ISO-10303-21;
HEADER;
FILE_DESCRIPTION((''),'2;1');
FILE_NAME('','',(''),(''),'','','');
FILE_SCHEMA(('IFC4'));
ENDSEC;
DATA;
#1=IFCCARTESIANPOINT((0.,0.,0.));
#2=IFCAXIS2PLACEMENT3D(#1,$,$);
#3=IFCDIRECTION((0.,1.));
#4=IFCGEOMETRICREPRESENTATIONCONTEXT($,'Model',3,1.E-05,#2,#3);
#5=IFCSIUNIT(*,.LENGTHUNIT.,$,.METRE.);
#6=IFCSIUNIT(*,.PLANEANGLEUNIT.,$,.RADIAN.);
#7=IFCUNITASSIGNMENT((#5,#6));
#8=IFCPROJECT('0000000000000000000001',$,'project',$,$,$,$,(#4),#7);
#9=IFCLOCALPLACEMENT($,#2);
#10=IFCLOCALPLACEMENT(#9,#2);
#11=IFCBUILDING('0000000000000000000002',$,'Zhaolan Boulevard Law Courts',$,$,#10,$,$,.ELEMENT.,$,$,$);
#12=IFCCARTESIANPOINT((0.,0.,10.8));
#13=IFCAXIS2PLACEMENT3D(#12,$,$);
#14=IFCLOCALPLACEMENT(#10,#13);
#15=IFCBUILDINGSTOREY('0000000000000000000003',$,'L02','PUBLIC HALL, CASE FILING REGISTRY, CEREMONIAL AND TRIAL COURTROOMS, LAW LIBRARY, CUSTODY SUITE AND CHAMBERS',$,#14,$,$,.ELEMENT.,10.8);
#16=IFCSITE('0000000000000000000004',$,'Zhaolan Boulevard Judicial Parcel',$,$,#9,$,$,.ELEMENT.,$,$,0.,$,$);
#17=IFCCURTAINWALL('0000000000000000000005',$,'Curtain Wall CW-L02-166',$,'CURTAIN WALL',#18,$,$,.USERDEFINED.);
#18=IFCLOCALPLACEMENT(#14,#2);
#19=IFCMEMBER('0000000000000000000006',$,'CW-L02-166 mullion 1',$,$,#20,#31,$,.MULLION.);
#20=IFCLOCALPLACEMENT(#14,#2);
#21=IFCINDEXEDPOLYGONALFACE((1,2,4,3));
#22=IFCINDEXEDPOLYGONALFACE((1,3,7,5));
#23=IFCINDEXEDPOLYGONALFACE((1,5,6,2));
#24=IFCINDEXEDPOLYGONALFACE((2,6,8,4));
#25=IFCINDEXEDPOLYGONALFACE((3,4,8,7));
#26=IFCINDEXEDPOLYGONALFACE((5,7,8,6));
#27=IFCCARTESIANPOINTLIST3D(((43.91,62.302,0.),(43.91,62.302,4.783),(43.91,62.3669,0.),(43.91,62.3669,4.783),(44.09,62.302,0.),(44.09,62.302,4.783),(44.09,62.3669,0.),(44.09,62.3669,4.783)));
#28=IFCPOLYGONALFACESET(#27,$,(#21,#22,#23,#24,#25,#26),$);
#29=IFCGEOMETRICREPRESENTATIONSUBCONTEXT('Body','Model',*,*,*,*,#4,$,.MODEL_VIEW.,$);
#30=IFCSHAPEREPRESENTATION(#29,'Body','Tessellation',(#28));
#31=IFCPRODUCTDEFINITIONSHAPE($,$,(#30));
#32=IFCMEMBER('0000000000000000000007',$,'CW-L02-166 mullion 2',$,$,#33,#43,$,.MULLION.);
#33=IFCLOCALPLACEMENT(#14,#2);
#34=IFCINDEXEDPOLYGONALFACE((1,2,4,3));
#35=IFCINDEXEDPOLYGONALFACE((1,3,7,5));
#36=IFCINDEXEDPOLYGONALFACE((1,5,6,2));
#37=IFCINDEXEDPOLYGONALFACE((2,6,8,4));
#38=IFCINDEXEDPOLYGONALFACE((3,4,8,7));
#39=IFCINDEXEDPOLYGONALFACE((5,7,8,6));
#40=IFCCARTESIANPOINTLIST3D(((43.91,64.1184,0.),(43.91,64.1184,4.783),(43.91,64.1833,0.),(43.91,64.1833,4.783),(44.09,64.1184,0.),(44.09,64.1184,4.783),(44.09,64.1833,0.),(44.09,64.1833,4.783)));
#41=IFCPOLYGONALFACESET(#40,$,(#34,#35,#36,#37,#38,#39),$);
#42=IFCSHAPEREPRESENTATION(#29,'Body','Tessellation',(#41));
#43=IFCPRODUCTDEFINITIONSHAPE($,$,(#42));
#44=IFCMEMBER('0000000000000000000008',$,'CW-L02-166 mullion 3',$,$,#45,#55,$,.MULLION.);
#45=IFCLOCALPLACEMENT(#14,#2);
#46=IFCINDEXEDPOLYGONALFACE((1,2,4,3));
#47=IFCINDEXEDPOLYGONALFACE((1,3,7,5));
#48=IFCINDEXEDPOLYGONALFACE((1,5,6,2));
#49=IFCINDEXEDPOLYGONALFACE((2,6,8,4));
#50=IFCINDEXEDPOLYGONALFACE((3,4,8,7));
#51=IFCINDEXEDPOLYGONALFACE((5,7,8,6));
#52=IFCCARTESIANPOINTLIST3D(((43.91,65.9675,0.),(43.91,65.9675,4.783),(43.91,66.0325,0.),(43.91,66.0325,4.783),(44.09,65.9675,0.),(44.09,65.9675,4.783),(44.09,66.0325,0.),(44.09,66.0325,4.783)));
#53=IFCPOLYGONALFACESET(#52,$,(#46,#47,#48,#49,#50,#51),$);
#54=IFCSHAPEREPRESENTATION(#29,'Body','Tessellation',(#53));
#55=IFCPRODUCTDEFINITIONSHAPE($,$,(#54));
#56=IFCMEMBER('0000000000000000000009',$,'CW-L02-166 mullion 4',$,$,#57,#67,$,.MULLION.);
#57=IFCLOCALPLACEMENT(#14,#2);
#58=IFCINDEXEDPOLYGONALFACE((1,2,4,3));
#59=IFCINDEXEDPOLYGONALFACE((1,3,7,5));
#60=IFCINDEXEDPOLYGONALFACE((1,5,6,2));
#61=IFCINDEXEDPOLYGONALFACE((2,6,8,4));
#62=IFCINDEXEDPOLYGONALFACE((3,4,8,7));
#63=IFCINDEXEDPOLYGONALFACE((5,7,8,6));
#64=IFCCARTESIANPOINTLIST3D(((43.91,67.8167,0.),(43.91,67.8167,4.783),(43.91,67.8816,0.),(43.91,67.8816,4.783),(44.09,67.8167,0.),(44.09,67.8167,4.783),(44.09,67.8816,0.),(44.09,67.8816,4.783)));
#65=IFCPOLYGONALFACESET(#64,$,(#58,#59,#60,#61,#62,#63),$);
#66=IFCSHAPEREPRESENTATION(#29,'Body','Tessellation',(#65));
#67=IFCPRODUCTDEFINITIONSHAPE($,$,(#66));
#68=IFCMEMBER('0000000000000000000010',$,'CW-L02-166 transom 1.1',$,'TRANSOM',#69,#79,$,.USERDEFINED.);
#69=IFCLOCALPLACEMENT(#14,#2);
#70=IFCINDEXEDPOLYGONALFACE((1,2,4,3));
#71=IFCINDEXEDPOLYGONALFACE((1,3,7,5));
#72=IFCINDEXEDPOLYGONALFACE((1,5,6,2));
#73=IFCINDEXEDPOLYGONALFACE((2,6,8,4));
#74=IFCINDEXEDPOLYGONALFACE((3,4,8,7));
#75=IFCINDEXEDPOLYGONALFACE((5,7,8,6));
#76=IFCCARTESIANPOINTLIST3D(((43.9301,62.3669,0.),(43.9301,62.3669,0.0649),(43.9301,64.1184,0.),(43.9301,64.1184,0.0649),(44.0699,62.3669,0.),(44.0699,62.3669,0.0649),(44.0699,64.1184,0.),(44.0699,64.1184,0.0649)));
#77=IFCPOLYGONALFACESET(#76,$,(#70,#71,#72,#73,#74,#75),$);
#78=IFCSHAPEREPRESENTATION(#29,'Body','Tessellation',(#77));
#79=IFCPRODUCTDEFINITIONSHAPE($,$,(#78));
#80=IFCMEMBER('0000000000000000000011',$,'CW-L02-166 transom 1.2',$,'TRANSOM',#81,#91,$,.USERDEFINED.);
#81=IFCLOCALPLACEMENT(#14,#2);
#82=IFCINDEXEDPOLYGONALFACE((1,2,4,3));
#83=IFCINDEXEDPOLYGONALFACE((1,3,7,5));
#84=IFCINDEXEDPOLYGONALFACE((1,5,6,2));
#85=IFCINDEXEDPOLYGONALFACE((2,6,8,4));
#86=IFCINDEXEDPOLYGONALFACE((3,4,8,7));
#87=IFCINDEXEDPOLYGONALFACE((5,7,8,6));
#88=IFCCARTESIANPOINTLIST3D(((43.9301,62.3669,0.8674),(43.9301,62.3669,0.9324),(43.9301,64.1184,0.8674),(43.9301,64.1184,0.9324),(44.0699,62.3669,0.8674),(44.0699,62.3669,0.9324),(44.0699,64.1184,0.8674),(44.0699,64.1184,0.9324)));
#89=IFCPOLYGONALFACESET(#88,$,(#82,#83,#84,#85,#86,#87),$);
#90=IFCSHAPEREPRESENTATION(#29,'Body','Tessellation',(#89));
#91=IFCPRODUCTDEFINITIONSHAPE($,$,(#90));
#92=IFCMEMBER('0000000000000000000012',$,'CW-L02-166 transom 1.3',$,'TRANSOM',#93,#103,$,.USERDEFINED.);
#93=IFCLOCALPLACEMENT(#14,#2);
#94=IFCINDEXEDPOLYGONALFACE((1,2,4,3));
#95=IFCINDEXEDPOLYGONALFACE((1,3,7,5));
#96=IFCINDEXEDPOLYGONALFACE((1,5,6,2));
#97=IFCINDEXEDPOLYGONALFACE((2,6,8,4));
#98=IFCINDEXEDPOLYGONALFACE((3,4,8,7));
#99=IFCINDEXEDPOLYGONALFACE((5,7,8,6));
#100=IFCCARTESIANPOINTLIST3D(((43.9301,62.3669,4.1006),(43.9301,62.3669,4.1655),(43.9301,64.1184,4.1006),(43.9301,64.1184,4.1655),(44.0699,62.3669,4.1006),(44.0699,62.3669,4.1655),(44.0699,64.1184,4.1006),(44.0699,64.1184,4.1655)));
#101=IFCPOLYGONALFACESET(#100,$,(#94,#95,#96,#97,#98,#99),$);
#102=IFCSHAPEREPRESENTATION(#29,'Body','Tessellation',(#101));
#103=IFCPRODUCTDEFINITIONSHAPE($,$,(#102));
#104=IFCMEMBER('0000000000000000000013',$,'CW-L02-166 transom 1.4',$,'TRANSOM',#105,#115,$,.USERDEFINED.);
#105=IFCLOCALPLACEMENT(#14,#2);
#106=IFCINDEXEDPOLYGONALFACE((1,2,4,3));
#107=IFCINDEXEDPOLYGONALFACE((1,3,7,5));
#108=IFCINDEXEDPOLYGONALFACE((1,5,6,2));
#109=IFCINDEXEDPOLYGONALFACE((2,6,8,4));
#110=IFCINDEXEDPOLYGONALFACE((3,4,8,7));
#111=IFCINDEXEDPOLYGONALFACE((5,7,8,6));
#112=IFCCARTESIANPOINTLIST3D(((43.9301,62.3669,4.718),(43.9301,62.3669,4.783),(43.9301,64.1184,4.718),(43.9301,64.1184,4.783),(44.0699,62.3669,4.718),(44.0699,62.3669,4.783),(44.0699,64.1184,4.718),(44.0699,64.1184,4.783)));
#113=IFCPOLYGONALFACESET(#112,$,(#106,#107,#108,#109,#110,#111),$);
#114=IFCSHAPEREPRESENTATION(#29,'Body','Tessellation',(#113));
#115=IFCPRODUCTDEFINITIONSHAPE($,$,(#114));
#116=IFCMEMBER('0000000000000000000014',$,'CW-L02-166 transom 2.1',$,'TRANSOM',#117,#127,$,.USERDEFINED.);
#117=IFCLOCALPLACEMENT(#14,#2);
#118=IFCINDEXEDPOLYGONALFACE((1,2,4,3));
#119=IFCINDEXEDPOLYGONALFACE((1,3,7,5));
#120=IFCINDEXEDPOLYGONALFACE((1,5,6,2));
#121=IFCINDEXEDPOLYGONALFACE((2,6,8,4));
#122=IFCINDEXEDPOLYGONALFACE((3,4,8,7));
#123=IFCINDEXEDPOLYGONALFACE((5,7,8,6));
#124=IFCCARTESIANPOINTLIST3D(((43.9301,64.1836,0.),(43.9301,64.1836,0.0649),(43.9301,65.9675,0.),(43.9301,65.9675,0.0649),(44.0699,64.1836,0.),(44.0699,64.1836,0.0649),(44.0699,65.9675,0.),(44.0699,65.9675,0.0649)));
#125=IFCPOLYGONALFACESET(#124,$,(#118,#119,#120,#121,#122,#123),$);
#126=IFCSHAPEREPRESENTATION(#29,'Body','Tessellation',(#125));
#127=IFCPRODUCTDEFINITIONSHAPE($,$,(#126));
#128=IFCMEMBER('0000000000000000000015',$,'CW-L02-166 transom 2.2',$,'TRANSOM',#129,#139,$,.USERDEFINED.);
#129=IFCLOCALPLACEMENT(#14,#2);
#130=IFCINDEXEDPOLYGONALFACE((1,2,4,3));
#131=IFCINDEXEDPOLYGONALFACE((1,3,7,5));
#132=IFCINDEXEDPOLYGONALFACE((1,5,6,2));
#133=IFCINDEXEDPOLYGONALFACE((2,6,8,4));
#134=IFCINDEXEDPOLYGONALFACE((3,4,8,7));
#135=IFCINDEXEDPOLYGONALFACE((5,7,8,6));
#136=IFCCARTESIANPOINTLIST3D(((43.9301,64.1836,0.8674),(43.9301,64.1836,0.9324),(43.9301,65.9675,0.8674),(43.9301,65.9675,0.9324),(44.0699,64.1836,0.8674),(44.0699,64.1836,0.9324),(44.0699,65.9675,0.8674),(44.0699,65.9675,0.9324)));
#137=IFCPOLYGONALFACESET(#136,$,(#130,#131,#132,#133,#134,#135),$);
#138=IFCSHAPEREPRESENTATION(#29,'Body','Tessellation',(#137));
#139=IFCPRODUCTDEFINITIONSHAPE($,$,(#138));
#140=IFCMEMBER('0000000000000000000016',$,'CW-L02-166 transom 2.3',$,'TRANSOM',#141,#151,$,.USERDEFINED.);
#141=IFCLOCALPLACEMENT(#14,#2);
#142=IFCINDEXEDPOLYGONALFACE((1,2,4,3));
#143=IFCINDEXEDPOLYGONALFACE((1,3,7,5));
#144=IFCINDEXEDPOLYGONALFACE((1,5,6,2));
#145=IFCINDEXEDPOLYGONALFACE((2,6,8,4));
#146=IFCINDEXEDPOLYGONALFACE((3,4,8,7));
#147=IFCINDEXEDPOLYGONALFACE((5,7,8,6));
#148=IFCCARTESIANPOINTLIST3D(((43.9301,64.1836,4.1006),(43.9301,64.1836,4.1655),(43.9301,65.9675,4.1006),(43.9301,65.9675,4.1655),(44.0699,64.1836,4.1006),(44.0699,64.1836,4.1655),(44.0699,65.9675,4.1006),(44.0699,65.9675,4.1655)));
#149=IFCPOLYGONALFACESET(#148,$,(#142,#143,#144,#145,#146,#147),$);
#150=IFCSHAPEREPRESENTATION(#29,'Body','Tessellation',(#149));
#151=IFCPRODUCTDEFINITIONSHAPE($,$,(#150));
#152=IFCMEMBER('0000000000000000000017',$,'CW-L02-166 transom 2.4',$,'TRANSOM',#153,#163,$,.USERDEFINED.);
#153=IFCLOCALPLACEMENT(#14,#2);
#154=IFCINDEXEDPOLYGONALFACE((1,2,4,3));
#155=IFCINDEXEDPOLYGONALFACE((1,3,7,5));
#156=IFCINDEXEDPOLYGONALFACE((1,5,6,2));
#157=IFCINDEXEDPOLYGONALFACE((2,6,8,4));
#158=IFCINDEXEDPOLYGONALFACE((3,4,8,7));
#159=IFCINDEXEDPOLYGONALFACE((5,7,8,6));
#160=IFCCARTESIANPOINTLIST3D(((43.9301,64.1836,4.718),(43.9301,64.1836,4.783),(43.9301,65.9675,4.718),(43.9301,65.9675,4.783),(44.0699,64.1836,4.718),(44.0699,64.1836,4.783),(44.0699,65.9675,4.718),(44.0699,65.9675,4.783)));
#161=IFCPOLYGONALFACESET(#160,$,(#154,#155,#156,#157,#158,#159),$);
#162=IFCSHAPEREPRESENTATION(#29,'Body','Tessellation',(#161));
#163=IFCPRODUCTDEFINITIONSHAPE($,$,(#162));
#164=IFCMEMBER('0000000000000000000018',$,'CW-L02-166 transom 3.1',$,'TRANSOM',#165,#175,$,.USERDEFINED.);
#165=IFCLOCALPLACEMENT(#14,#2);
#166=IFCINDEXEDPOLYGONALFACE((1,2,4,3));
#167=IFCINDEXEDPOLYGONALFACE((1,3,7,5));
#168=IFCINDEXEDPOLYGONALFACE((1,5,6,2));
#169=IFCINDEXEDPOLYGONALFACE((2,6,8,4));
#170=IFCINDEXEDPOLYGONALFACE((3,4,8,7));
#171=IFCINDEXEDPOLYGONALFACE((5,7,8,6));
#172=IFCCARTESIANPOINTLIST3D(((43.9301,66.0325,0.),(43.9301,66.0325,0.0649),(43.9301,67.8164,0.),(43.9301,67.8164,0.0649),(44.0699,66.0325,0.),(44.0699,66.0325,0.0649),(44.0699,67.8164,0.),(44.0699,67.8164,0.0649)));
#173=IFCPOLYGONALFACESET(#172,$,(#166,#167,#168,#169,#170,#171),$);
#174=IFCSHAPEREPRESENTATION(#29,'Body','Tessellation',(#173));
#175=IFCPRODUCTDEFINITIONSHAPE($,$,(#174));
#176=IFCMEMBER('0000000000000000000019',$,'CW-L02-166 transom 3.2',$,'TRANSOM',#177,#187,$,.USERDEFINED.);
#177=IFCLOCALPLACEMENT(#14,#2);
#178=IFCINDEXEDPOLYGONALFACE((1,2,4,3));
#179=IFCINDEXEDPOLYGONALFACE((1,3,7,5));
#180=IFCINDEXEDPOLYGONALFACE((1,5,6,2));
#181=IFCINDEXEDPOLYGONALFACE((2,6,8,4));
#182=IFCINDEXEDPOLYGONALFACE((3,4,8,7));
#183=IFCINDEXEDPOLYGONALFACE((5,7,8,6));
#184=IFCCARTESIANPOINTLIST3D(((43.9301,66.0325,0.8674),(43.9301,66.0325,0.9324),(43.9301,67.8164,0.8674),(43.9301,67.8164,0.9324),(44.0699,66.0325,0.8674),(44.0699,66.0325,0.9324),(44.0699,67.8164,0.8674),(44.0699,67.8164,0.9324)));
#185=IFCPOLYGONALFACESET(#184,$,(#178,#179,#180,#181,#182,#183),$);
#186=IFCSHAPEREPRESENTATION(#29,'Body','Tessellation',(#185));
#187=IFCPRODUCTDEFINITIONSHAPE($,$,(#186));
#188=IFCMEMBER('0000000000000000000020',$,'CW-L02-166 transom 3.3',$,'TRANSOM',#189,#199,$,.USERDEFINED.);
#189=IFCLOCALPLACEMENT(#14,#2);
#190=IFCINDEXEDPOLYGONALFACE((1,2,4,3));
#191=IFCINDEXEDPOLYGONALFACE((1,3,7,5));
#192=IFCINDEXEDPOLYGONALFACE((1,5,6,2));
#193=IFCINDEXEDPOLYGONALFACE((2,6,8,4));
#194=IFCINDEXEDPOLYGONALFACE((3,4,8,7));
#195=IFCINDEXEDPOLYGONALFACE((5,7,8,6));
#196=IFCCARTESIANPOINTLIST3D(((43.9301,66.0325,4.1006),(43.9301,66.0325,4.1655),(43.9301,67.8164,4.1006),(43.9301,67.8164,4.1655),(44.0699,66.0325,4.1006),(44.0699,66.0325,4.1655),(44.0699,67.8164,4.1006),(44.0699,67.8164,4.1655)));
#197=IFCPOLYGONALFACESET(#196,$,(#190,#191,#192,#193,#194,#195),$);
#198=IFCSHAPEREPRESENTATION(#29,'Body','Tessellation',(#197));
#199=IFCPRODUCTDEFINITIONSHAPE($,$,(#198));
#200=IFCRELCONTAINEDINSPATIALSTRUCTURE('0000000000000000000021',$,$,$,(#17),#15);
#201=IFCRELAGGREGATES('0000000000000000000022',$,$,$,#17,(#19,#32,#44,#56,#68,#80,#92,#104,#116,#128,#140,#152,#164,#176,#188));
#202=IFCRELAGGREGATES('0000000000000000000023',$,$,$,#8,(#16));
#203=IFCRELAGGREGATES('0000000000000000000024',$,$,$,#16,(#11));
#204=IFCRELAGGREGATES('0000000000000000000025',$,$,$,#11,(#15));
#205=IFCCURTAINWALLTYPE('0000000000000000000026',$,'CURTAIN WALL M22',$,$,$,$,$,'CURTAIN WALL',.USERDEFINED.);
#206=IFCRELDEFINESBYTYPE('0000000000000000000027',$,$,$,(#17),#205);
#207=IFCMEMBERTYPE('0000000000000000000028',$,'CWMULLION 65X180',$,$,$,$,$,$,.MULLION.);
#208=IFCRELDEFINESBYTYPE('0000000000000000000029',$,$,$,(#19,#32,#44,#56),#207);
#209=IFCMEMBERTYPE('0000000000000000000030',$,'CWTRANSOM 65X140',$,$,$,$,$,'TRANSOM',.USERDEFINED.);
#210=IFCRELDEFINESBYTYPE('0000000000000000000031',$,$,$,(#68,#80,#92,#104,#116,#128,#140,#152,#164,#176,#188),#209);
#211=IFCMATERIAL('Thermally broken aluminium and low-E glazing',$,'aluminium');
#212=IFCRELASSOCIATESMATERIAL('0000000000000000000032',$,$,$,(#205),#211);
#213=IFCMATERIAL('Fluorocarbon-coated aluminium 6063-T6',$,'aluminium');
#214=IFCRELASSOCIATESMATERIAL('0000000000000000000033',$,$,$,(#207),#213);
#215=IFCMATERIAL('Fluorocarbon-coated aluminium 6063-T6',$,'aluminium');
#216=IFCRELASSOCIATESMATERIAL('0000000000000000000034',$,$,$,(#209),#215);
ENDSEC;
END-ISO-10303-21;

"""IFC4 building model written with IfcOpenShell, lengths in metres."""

from ifc_helpers import new_model, si_unit, direction, frame, origin, origin_2d, place, context, subcontext, project, spatial, rectangle, extrude, material, material_profile, profile_set, type_object, element, aggregate, save


model = new_model("IFC4")

# Units and contexts
model_context = context("Model", 3, precision=1e-05, world=origin(), true_north=direction((0.0, 1.0)))
body_context = subcontext(model_context, "Body", "Model", "MODEL_VIEW")
ifc_project = project(units=[si_unit("LENGTHUNIT", "METRE"), si_unit("PLANEANGLEUNIT", "RADIAN")], contexts=[model_context])

# Site, building, storey
site_placement = place(None, origin())
site = spatial("IfcSite", under=ifc_project, at=site_placement, Name="Zhaolan Boulevard Judicial Parcel", CompositionType="ELEMENT", RefElevation=0.0)
building_placement = place(site_placement, origin())
building = spatial("IfcBuilding", under=site, at=building_placement, Name="Zhaolan Boulevard Law Courts", CompositionType="ELEMENT")
storey_placement = place(building_placement, frame((0.0, 0.0, 10.8)))
storey = spatial("IfcBuildingStorey", under=building, at=storey_placement, Name="L02", Description="PUBLIC HALL, CASE FILING REGISTRY, CEREMONIAL AND TRIAL COURTROOMS, LAW LIBRARY, CUSTODY SUITE AND CHAMBERS", CompositionType="ELEMENT", Elevation=10.8)

# Curtain wall, members
ifc_material_1 = material(Name="Thermally broken aluminium and low-E glazing", Category="aluminium")
curtain_wall_type = type_object("IfcCurtainWallType", Name="CURTAIN WALL M22", ElementType="CURTAIN WALL", PredefinedType="USERDEFINED", material=ifc_material_1)
curtain_wall_placement = place(storey_placement, origin())
curtain_wall = element("IfcCurtainWall", 1, at=curtain_wall_placement, inside=storey, type_object=curtain_wall_type, Name="Curtain Wall CW-L02-166", ObjectType="CURTAIN WALL", PredefinedType="USERDEFINED")
ifc_material_2 = material(Name="Fluorocarbon-coated aluminium 6063-T6", Category="aluminium")
ifc_material_profile_1 = material_profile(ifc_material_2, rectangle(XDim=0.1799, YDim=0.0649, at=origin_2d()), Name="AL65x180")
ifc_profile_set_1 = profile_set([ifc_material_profile_1], Name="Fluorocarbon-coated aluminium 6063-T6")
member_type_1 = type_object("IfcMemberType", Name="CWMULLION 65X180", PredefinedType="MULLION", material=ifc_profile_set_1)
member_1_placement = place(storey_placement, frame((44.0, 62.3345, 0.0), z_axis=(0.0, 0.0, 1.0), x_axis=(-1.0, 0.0, 0.0)))
member_1 = element("IfcMember", 2, at=member_1_placement, type_object=member_type_1, Name="CW-L02-166 mullion 1", PredefinedType="MULLION", context=body_context, shape_type="SweptSolid", body=[
    extrude(rectangle(XDim=0.1799, YDim=0.0649, at=origin_2d()), origin(), (0.0, 0.0, 1.0), 4.783),
])
member_2_placement = place(storey_placement, frame((44.0, 64.1509, 0.0), z_axis=(0.0, 0.0, 1.0), x_axis=(-1.0, 0.0, 0.0)))
member_2 = element("IfcMember", 3, at=member_2_placement, type_object=member_type_1, Name="CW-L02-166 mullion 2", PredefinedType="MULLION", context=body_context, shape_type="SweptSolid", body=[
    extrude(rectangle(XDim=0.1799, YDim=0.0649, at=origin_2d()), origin(), (0.0, 0.0, 1.0), 4.783),
])
member_3_placement = place(storey_placement, frame((44.0, 66.0, 0.0), z_axis=(0.0, 0.0, 1.0), x_axis=(-1.0, 0.0, 0.0)))
member_3 = element("IfcMember", 4, at=member_3_placement, type_object=member_type_1, Name="CW-L02-166 mullion 3", PredefinedType="MULLION", context=body_context, shape_type="SweptSolid", body=[
    extrude(rectangle(XDim=0.1799, YDim=0.0649, at=origin_2d()), origin(), (0.0, 0.0, 1.0), 4.783),
])
member_4_placement = place(storey_placement, frame((44.0, 67.8491, 0.0), z_axis=(0.0, 0.0, 1.0), x_axis=(-1.0, 0.0, 0.0)))
member_4 = element("IfcMember", 5, at=member_4_placement, type_object=member_type_1, Name="CW-L02-166 mullion 4", PredefinedType="MULLION", context=body_context, shape_type="SweptSolid", body=[
    extrude(rectangle(XDim=0.1799, YDim=0.0649, at=origin_2d()), origin(), (0.0, 0.0, 1.0), 4.783),
])
ifc_material_3 = material(Name="Fluorocarbon-coated aluminium 6063-T6", Category="aluminium")
ifc_material_profile_2 = material_profile(ifc_material_3, rectangle(XDim=0.1399, YDim=0.0649, at=origin_2d()), Name="AL65x140")
ifc_profile_set_2 = profile_set([ifc_material_profile_2], Name="Fluorocarbon-coated aluminium 6063-T6")
member_type_2 = type_object("IfcMemberType", Name="CWTRANSOM 65X140", ElementType="TRANSOM", PredefinedType="USERDEFINED", material=ifc_profile_set_2)
member_5_placement = place(storey_placement, frame((44.0, 62.3669, 0.0325), z_axis=(0.0, 1.0, 0.0), x_axis=(-1.0, 0.0, 0.0)))
member_5 = element("IfcMember", 6, at=member_5_placement, type_object=member_type_2, Name="CW-L02-166 transom 1.1", ObjectType="TRANSOM", PredefinedType="USERDEFINED", context=body_context, shape_type="SweptSolid", body=[
    extrude(rectangle(XDim=0.1399, YDim=0.0649, at=origin_2d()), origin(), (0.0, 0.0, 1.0), 1.7515),
])
member_6_placement = place(storey_placement, frame((44.0, 62.3669, 0.8999), z_axis=(0.0, 1.0, 0.0), x_axis=(-1.0, 0.0, 0.0)))
member_6 = element("IfcMember", 7, at=member_6_placement, type_object=member_type_2, Name="CW-L02-166 transom 1.2", ObjectType="TRANSOM", PredefinedType="USERDEFINED", context=body_context, shape_type="SweptSolid", body=[
    extrude(rectangle(XDim=0.1399, YDim=0.0649, at=origin_2d()), origin(), (0.0, 0.0, 1.0), 1.7515),
])
member_7_placement = place(storey_placement, frame((44.0, 62.3669, 4.1331), z_axis=(0.0, 1.0, 0.0), x_axis=(-1.0, 0.0, 0.0)))
member_7 = element("IfcMember", 8, at=member_7_placement, type_object=member_type_2, Name="CW-L02-166 transom 1.3", ObjectType="TRANSOM", PredefinedType="USERDEFINED", context=body_context, shape_type="SweptSolid", body=[
    extrude(rectangle(XDim=0.1399, YDim=0.0649, at=origin_2d()), origin(), (0.0, 0.0, 1.0), 1.7515),
])
member_8_placement = place(storey_placement, frame((44.0, 62.3669, 4.7505), z_axis=(0.0, 1.0, 0.0), x_axis=(-1.0, 0.0, 0.0)))
member_8 = element("IfcMember", 9, at=member_8_placement, type_object=member_type_2, Name="CW-L02-166 transom 1.4", ObjectType="TRANSOM", PredefinedType="USERDEFINED", context=body_context, shape_type="SweptSolid", body=[
    extrude(rectangle(XDim=0.1399, YDim=0.0649, at=origin_2d()), origin(), (0.0, 0.0, 1.0), 1.7515),
])
member_9_placement = place(storey_placement, frame((44.0, 64.1836, 0.0325), z_axis=(0.0, 1.0, 0.0), x_axis=(-1.0, 0.0, 0.0)))
member_9 = element("IfcMember", 10, at=member_9_placement, type_object=member_type_2, Name="CW-L02-166 transom 2.1", ObjectType="TRANSOM", PredefinedType="USERDEFINED", context=body_context, shape_type="SweptSolid", body=[
    extrude(rectangle(XDim=0.1399, YDim=0.0649, at=origin_2d()), origin(), (0.0, 0.0, 1.0), 1.7839),
])
member_10_placement = place(storey_placement, frame((44.0, 64.1836, 0.8999), z_axis=(0.0, 1.0, 0.0), x_axis=(-1.0, 0.0, 0.0)))
member_10 = element("IfcMember", 11, at=member_10_placement, type_object=member_type_2, Name="CW-L02-166 transom 2.2", ObjectType="TRANSOM", PredefinedType="USERDEFINED", context=body_context, shape_type="SweptSolid", body=[
    extrude(rectangle(XDim=0.1399, YDim=0.0649, at=origin_2d()), origin(), (0.0, 0.0, 1.0), 1.7839),
])
member_11_placement = place(storey_placement, frame((44.0, 64.1836, 4.1331), z_axis=(0.0, 1.0, 0.0), x_axis=(-1.0, 0.0, 0.0)))
member_11 = element("IfcMember", 12, at=member_11_placement, type_object=member_type_2, Name="CW-L02-166 transom 2.3", ObjectType="TRANSOM", PredefinedType="USERDEFINED", context=body_context, shape_type="SweptSolid", body=[
    extrude(rectangle(XDim=0.1399, YDim=0.0649, at=origin_2d()), origin(), (0.0, 0.0, 1.0), 1.7839),
])
member_12_placement = place(storey_placement, frame((44.0, 64.1836, 4.7505), z_axis=(0.0, 1.0, 0.0), x_axis=(-1.0, 0.0, 0.0)))
member_12 = element("IfcMember", 13, at=member_12_placement, type_object=member_type_2, Name="CW-L02-166 transom 2.4", ObjectType="TRANSOM", PredefinedType="USERDEFINED", context=body_context, shape_type="SweptSolid", body=[
    extrude(rectangle(XDim=0.1399, YDim=0.0649, at=origin_2d()), origin(), (0.0, 0.0, 1.0), 1.7839),
])
member_13_placement = place(storey_placement, frame((44.0, 66.0325, 0.0325), z_axis=(0.0, 1.0, 0.0), x_axis=(-1.0, 0.0, 0.0)))
member_13 = element("IfcMember", 14, at=member_13_placement, type_object=member_type_2, Name="CW-L02-166 transom 3.1", ObjectType="TRANSOM", PredefinedType="USERDEFINED", context=body_context, shape_type="SweptSolid", body=[
    extrude(rectangle(XDim=0.1399, YDim=0.0649, at=origin_2d()), origin(), (0.0, 0.0, 1.0), 1.7839),
])
member_14_placement = place(storey_placement, frame((44.0, 66.0325, 0.8999), z_axis=(0.0, 1.0, 0.0), x_axis=(-1.0, 0.0, 0.0)))
member_14 = element("IfcMember", 15, at=member_14_placement, type_object=member_type_2, Name="CW-L02-166 transom 3.2", ObjectType="TRANSOM", PredefinedType="USERDEFINED", context=body_context, shape_type="SweptSolid", body=[
    extrude(rectangle(XDim=0.1399, YDim=0.0649, at=origin_2d()), origin(), (0.0, 0.0, 1.0), 1.7839),
])
member_15_placement = place(storey_placement, frame((44.0, 66.0325, 4.1331), z_axis=(0.0, 1.0, 0.0), x_axis=(-1.0, 0.0, 0.0)))
member_15 = element("IfcMember", 16, at=member_15_placement, type_object=member_type_2, Name="CW-L02-166 transom 3.3", ObjectType="TRANSOM", PredefinedType="USERDEFINED", context=body_context, shape_type="SweptSolid", body=[
    extrude(rectangle(XDim=0.1399, YDim=0.0649, at=origin_2d()), origin(), (0.0, 0.0, 1.0), 1.7839),
])

aggregate(curtain_wall, [member_1, member_2, member_3, member_4, member_5, member_6, member_7, member_8, member_9, member_10, member_11, member_12, member_13, member_14, member_15])

save(model, "model.ifc")
